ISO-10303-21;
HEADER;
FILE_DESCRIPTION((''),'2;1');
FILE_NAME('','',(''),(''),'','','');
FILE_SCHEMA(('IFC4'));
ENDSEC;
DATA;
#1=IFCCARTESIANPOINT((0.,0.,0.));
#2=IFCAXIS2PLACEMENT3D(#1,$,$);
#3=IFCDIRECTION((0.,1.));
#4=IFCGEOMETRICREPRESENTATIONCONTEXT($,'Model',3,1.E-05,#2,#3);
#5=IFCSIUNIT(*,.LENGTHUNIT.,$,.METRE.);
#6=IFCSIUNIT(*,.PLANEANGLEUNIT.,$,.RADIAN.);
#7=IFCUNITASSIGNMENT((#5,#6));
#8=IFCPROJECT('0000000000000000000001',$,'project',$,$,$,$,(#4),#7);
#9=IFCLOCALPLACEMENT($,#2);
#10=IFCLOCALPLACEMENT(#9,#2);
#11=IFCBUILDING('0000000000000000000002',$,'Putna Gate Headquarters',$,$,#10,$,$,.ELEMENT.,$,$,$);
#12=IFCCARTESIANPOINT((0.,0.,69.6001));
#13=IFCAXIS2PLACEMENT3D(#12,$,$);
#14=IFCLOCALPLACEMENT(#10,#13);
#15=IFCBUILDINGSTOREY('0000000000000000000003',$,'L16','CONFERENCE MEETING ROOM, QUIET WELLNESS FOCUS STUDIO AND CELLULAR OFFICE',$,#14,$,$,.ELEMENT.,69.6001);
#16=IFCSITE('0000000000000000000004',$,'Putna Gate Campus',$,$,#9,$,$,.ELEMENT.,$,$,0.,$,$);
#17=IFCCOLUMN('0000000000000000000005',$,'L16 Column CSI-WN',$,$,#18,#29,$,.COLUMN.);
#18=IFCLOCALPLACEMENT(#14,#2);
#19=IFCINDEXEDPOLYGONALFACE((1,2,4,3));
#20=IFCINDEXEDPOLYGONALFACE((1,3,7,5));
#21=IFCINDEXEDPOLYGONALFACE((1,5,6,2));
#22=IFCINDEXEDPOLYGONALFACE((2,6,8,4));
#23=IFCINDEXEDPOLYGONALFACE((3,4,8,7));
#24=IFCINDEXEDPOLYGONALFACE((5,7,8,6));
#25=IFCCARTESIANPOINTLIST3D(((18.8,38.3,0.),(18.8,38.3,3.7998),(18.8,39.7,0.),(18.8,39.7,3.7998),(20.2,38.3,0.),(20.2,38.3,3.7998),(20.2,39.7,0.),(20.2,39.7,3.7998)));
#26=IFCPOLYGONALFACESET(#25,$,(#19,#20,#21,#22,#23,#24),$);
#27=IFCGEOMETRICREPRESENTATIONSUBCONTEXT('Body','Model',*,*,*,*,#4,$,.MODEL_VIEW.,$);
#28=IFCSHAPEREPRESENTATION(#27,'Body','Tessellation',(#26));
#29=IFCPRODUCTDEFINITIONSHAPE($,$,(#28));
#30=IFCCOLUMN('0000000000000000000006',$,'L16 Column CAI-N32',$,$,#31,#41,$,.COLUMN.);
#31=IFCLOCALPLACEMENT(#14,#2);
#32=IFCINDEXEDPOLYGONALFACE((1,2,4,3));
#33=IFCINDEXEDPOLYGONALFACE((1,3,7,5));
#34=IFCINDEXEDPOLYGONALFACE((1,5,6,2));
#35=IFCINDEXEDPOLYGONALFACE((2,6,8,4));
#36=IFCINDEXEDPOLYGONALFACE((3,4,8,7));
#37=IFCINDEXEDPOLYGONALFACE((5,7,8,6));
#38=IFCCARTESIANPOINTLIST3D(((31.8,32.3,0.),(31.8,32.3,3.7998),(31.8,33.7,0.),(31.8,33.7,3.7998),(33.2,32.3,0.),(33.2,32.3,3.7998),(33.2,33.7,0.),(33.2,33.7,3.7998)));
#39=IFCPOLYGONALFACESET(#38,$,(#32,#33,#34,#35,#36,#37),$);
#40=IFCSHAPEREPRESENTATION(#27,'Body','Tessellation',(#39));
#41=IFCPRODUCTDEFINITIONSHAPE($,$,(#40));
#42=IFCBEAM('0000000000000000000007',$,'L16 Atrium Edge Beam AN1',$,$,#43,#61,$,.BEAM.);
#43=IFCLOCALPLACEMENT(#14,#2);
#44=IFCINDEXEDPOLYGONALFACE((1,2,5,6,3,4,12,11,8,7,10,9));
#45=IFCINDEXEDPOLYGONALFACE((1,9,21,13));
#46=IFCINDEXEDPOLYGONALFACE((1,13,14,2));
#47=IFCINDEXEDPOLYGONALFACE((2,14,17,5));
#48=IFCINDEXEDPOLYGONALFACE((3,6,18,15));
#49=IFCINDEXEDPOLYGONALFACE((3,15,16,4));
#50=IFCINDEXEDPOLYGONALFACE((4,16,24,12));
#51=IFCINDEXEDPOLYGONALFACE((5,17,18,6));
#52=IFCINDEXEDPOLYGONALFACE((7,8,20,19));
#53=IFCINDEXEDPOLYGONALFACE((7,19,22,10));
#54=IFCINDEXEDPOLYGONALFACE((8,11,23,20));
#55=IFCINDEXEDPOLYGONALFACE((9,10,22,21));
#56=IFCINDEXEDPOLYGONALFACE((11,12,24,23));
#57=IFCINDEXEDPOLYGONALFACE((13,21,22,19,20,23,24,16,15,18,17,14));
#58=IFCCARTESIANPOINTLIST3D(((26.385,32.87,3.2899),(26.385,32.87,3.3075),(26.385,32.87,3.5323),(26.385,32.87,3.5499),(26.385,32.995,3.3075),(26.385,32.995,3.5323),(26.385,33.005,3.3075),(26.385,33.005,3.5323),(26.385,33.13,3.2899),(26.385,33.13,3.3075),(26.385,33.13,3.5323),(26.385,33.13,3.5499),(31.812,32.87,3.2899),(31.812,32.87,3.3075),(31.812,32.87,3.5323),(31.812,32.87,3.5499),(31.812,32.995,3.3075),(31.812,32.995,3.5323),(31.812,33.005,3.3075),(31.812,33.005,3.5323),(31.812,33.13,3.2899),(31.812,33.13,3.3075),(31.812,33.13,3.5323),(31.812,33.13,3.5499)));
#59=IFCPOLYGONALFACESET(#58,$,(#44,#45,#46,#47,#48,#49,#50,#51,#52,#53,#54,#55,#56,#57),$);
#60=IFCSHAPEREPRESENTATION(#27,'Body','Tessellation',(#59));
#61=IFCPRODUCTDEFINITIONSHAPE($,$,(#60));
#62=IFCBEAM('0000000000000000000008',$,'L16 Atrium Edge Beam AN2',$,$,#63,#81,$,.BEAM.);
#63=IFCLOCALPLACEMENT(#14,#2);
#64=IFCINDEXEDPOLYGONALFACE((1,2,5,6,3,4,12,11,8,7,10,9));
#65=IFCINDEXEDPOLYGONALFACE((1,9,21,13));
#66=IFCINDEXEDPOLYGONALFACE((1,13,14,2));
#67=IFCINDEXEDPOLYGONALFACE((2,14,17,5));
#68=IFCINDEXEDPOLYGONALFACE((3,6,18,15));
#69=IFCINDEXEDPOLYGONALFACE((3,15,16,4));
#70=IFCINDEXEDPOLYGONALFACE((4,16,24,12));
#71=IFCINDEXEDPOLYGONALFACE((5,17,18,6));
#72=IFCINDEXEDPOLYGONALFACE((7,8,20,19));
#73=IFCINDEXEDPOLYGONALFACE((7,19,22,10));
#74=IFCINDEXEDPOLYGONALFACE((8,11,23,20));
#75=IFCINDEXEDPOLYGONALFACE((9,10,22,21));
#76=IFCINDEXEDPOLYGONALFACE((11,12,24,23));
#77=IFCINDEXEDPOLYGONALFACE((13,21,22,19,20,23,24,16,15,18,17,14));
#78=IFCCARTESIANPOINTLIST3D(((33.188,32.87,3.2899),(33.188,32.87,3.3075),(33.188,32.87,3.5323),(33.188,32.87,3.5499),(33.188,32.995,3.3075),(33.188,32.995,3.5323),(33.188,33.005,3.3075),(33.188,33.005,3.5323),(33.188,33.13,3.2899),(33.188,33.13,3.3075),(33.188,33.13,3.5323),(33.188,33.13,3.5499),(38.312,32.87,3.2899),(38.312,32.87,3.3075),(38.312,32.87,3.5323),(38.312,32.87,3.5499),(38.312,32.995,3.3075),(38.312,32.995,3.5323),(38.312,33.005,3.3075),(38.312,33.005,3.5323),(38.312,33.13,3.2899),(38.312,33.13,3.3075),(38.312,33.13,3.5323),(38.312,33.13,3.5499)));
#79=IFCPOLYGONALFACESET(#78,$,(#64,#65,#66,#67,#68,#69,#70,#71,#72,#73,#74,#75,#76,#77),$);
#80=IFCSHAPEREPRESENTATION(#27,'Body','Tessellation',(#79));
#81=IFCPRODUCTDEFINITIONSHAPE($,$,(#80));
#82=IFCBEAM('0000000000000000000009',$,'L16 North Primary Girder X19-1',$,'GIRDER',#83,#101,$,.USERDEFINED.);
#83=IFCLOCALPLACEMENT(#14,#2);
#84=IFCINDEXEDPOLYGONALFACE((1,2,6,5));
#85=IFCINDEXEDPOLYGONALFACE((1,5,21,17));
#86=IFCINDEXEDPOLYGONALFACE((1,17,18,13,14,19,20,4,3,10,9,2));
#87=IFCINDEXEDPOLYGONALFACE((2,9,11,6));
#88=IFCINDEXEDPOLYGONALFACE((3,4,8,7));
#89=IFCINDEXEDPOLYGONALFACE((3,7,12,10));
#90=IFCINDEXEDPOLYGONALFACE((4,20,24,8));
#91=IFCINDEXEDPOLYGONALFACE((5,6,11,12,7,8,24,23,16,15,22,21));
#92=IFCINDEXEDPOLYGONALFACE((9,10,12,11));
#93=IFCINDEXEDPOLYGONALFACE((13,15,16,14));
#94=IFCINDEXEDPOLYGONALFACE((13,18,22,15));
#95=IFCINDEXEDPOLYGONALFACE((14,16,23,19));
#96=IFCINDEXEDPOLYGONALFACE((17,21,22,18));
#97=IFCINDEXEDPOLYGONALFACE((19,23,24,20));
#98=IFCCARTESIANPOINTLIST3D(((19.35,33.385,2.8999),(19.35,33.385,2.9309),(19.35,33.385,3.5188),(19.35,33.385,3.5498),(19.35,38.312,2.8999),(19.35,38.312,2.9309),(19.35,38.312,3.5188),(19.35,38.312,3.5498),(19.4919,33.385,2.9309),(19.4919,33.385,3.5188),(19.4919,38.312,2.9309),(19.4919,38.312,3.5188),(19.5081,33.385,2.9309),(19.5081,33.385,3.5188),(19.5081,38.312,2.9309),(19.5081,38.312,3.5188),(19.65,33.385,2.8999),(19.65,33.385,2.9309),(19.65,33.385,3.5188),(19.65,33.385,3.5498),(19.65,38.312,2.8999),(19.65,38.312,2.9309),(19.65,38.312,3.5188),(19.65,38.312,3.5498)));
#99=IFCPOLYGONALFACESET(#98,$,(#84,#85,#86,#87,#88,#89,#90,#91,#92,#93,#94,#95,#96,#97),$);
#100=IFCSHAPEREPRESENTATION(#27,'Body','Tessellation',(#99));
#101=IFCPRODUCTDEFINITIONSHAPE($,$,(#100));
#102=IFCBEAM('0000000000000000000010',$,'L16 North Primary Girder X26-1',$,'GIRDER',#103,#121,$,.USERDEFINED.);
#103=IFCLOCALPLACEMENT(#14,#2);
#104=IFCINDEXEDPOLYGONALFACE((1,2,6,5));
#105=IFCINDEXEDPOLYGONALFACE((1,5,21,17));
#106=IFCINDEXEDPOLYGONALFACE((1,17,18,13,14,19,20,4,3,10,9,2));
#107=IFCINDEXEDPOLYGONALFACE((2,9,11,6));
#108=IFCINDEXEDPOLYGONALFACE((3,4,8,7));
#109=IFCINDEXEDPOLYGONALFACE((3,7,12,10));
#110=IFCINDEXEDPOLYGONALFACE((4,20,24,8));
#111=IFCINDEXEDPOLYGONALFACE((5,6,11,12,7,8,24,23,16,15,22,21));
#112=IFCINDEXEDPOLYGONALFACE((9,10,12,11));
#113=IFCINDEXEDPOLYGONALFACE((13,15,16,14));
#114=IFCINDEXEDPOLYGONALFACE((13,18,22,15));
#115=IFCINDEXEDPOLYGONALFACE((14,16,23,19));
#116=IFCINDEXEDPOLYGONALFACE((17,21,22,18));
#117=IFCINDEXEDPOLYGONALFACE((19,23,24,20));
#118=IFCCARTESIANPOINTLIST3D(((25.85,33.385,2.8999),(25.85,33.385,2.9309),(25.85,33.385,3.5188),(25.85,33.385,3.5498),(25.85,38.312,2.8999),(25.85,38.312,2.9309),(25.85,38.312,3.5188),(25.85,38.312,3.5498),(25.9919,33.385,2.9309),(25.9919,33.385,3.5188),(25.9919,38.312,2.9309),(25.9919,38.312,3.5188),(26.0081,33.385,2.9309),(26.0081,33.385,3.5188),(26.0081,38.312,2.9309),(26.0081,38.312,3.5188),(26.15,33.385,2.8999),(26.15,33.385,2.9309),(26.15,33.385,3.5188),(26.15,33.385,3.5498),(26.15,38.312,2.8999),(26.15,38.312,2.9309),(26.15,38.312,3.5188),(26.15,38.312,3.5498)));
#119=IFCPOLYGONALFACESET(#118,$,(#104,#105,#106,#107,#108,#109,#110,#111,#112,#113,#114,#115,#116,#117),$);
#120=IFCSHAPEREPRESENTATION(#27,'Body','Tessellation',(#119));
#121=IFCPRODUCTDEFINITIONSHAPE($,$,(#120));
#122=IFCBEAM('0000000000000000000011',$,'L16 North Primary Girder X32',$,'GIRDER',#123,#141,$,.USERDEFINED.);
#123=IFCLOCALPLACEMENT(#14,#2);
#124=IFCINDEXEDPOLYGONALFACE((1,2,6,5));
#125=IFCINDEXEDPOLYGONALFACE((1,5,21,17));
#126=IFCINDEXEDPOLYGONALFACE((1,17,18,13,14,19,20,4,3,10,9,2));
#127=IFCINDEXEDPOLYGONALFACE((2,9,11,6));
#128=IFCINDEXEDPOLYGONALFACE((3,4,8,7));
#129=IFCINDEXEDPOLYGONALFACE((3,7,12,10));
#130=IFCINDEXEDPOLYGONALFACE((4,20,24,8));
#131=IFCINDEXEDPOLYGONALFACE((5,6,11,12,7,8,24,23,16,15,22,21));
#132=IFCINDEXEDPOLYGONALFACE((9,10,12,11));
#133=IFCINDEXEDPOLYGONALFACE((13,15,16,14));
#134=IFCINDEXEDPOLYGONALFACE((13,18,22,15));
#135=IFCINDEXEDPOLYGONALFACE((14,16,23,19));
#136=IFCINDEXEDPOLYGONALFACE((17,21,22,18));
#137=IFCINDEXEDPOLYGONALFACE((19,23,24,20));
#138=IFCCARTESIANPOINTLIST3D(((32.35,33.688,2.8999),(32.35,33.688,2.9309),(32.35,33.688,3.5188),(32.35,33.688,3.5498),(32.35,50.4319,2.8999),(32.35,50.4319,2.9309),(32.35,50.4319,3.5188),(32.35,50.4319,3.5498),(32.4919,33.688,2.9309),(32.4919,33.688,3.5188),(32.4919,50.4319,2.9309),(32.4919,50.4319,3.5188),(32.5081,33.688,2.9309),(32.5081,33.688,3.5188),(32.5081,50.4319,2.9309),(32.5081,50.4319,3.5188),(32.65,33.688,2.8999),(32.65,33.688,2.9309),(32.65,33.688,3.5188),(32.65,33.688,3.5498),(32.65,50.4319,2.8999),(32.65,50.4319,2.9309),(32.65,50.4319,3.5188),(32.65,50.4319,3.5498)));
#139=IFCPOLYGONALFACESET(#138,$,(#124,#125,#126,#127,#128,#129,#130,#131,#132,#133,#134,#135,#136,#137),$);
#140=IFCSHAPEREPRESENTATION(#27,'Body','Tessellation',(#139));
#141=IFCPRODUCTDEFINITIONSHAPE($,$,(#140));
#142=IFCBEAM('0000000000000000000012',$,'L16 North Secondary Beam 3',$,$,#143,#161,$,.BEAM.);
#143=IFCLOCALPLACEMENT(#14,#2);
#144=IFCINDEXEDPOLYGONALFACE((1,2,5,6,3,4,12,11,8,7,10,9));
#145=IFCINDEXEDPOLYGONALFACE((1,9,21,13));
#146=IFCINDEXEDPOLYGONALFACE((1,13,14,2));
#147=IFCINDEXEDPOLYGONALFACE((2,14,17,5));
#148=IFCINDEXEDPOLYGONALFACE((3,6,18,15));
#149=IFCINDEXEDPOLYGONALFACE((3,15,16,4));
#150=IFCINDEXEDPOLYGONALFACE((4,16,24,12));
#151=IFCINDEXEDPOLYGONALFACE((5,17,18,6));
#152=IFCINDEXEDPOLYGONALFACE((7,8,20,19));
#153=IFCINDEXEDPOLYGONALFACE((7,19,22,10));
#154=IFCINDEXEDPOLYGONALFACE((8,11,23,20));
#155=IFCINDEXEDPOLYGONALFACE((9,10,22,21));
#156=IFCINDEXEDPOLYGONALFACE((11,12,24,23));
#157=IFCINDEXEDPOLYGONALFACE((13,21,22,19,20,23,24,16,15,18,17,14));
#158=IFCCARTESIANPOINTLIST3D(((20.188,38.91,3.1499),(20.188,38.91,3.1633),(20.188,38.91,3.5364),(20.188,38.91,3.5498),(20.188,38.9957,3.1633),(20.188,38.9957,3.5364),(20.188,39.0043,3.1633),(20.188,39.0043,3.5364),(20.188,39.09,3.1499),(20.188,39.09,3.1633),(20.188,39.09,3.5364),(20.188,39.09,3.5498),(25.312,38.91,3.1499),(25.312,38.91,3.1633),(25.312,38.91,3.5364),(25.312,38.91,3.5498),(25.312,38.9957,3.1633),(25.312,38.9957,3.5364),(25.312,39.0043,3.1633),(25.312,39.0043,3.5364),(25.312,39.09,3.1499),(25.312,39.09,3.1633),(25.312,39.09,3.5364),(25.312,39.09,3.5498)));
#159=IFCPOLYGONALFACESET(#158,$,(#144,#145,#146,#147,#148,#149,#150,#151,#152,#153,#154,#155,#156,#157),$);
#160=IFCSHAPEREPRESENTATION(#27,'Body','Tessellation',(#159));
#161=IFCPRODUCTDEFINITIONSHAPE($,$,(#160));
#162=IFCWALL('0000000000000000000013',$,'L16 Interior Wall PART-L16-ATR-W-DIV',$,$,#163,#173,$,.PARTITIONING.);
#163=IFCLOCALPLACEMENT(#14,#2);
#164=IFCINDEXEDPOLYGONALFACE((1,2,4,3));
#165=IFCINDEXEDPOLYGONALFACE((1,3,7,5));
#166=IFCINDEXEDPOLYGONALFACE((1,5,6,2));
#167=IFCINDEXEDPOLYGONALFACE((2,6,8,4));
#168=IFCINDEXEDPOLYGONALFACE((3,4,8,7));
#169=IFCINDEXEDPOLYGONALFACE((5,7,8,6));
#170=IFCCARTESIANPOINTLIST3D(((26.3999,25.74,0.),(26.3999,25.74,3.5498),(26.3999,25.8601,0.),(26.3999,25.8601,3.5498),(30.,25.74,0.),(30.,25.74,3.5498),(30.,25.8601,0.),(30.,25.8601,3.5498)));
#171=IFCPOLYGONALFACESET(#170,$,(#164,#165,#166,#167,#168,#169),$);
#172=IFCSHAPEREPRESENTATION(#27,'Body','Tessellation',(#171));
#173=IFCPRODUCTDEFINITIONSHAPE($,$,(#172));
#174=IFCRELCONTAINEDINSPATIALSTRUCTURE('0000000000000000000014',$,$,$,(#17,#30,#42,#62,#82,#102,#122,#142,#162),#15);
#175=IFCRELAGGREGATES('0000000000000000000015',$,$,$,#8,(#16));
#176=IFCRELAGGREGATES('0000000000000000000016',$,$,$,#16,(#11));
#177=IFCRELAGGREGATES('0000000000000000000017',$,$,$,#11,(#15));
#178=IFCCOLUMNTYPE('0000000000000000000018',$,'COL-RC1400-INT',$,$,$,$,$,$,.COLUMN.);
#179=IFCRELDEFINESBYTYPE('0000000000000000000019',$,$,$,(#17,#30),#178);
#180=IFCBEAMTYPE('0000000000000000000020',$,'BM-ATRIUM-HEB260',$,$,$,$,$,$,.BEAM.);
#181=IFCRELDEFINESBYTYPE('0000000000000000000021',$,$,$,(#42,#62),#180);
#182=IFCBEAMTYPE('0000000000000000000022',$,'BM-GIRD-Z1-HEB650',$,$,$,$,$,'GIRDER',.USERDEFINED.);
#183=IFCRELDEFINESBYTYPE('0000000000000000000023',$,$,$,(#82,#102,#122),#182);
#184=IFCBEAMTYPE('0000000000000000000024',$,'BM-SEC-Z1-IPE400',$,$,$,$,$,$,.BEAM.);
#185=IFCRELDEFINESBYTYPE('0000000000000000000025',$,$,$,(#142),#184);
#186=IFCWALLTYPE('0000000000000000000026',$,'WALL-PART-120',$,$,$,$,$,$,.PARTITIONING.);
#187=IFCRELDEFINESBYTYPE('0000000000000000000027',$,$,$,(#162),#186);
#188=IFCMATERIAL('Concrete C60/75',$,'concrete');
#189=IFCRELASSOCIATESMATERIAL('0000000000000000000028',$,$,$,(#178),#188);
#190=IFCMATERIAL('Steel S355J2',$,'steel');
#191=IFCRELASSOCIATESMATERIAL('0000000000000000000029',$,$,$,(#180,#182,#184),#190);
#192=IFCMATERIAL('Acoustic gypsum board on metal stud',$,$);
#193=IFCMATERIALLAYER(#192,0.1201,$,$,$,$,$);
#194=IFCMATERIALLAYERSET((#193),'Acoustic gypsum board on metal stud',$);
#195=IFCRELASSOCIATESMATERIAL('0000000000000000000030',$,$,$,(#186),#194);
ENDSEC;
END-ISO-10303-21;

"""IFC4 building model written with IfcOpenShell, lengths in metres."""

from ifc_helpers import new_model, si_unit, direction, frame, frame_2d, origin, origin_2d, place, context, subcontext, project, spatial, rectangle, i_section, extrude, material, layer, layer_set, material_profile, profile_set, type_object, element, save


model = new_model("IFC4")

# Units and contexts
model_context = context("Model", 3, precision=1e-05, world=origin(), true_north=direction((0.0, 1.0)))
body_context = subcontext(model_context, "Body", "Model", "MODEL_VIEW")
ifc_project = project(units=[si_unit("LENGTHUNIT", "METRE"), si_unit("PLANEANGLEUNIT", "RADIAN")], contexts=[model_context])

# Site, building, storey
site_placement = place(None, origin())
site = spatial("IfcSite", under=ifc_project, at=site_placement, Name="Putna Gate Campus", CompositionType="ELEMENT", RefElevation=0.0)
building_placement = place(site_placement, origin())
building = spatial("IfcBuilding", under=site, at=building_placement, Name="Putna Gate Headquarters", CompositionType="ELEMENT")
storey_placement = place(building_placement, frame((0.0, 0.0, 69.6001)))
storey = spatial("IfcBuildingStorey", under=building, at=storey_placement, Name="L16", Description="CONFERENCE MEETING ROOM, QUIET WELLNESS FOCUS STUDIO AND CELLULAR OFFICE", CompositionType="ELEMENT", Elevation=69.6001)

# Columns
ifc_material_1 = material(Name="Concrete C60/75", Category="concrete")
ifc_material_profile_1 = material_profile(ifc_material_1, rectangle(XDim=1.3999, YDim=1.3999, at=origin_2d()), Name="Concrete C60/75")
ifc_profile_set_1 = profile_set([ifc_material_profile_1], Name="Concrete C60/75")
column_type = type_object("IfcColumnType", Name="COL-RC1400-INT", PredefinedType="COLUMN", material=ifc_profile_set_1)
for number, where, z_axis, x_axis, name in (
    (1, (19.5, 39.0, 0.0), (0.0, 0.0, 1.0), (1.0, 0.0, 0.0), "L16 Column CSI-WN"),
    (2, (32.5, 33.0, 0.0), (0.0, 0.0, 1.0), (1.0, 0.0, 0.0), "L16 Column CAI-N32"),
):
    element("IfcColumn", number, at=place(storey_placement, frame(where, z_axis=z_axis, x_axis=x_axis)), inside=storey, type_object=column_type, Name=name, PredefinedType="COLUMN", context=body_context, shape_type="SweptSolid", body=[
        extrude(rectangle(XDim=1.3999, YDim=1.3999, at=origin_2d()), origin(), (0.0, 0.0, 1.0), 3.7998),
    ])

# Beams
ifc_material_2 = material(Name="Steel S355J2", Category="steel")
ifc_material_profile_2 = material_profile(ifc_material_2, i_section(OverallWidth=0.26, OverallDepth=0.26, WebThickness=0.01, FlangeThickness=0.0176, at=origin_2d()), Name="Steel S355J2")
ifc_profile_set_2 = profile_set([ifc_material_profile_2], Name="Steel S355J2")
beam_type_1 = type_object("IfcBeamType", Name="BM-ATRIUM-HEB260", PredefinedType="BEAM", material=ifc_profile_set_2)
beam_1_placement = place(storey_placement, frame((26.385, 33.0, 3.4199), z_axis=(1.0, 0.0, 0.0), x_axis=(0.0, 1.0, 0.0)))
element("IfcBeam", 3, at=beam_1_placement, inside=storey, type_object=beam_type_1, Name="L16 Atrium Edge Beam AN1", PredefinedType="BEAM", context=body_context, shape_type="SweptSolid", body=[
    extrude(i_section(OverallWidth=0.26, OverallDepth=0.26, WebThickness=0.01, FlangeThickness=0.0176, at=origin_2d()), origin(), (0.0, 0.0, 1.0), 5.427),
])
beam_2_placement = place(storey_placement, frame((33.188, 33.0, 3.4199), z_axis=(1.0, 0.0, 0.0), x_axis=(0.0, 1.0, 0.0)))
element("IfcBeam", 4, at=beam_2_placement, inside=storey, type_object=beam_type_1, Name="L16 Atrium Edge Beam AN2", PredefinedType="BEAM", context=body_context, shape_type="SweptSolid", body=[
    extrude(i_section(OverallWidth=0.26, OverallDepth=0.26, WebThickness=0.01, FlangeThickness=0.0176, at=origin_2d()), origin(), (0.0, 0.0, 1.0), 5.124),
])
ifc_material_profile_3 = material_profile(ifc_material_2, i_section(OverallWidth=0.3, OverallDepth=0.6499, WebThickness=0.0161, FlangeThickness=0.031, at=origin_2d()), Name="Steel S355J2")
ifc_profile_set_3 = profile_set([ifc_material_profile_3], Name="Steel S355J2")
beam_type_2 = type_object("IfcBeamType", Name="BM-GIRD-Z1-HEB650", ElementType="GIRDER", PredefinedType="USERDEFINED", material=ifc_profile_set_3)
for number, where, z_axis, x_axis, name in (
    (5, (19.5, 33.385, 3.2249), (0.0, 1.0, 0.0), (-1.0, 0.0, 0.0), "L16 North Primary Girder X19-1"),
    (6, (26.0, 33.385, 3.2249), (0.0, 1.0, 0.0), (-1.0, 0.0, 0.0), "L16 North Primary Girder X26-1"),
):
    element("IfcBeam", number, at=place(storey_placement, frame(where, z_axis=z_axis, x_axis=x_axis)), inside=storey, type_object=beam_type_2, Name=name, ObjectType="GIRDER", PredefinedType="USERDEFINED", context=body_context, shape_type="SweptSolid", body=[
        extrude(i_section(OverallWidth=0.3, OverallDepth=0.6499, WebThickness=0.0161, FlangeThickness=0.031, at=origin_2d()), origin(), (0.0, 0.0, 1.0), 4.927),
    ])
beam_3_placement = place(storey_placement, frame((32.5, 33.688, 3.2249), z_axis=(0.0, 1.0, 0.0), x_axis=(-1.0, 0.0, 0.0)))
element("IfcBeam", 7, at=beam_3_placement, inside=storey, type_object=beam_type_2, Name="L16 North Primary Girder X32", ObjectType="GIRDER", PredefinedType="USERDEFINED", context=body_context, shape_type="SweptSolid", body=[
    extrude(i_section(OverallWidth=0.3, OverallDepth=0.6499, WebThickness=0.0161, FlangeThickness=0.031, at=origin_2d()), origin(), (0.0, 0.0, 1.0), 16.7439),
])
ifc_material_profile_4 = material_profile(ifc_material_2, i_section(OverallWidth=0.1799, OverallDepth=0.3999, WebThickness=0.0085, FlangeThickness=0.0134, at=origin_2d()), Name="Steel S355J2")
ifc_profile_set_4 = profile_set([ifc_material_profile_4], Name="Steel S355J2")
beam_type_3 = type_object("IfcBeamType", Name="BM-SEC-Z1-IPE400", PredefinedType="BEAM", material=ifc_profile_set_4)
beam_4_placement = place(storey_placement, frame((20.188, 39.0, 3.3499), z_axis=(1.0, 0.0, 0.0), x_axis=(0.0, 1.0, 0.0)))
element("IfcBeam", 8, at=beam_4_placement, inside=storey, type_object=beam_type_3, Name="L16 North Secondary Beam 3", PredefinedType="BEAM", context=body_context, shape_type="SweptSolid", body=[
    extrude(i_section(OverallWidth=0.1799, OverallDepth=0.3999, WebThickness=0.0085, FlangeThickness=0.0134, at=origin_2d()), origin(), (0.0, 0.0, 1.0), 5.124),
])

# Wall
ifc_material_3 = material(Name="Acoustic gypsum board on metal stud")
ifc_layer_1 = layer(ifc_material_3, 0.1201)
ifc_layer_set_1 = layer_set([ifc_layer_1], Name="Acoustic gypsum board on metal stud")
wall_type_1 = type_object("IfcWallType", Name="WALL-PART-120", PredefinedType="PARTITIONING", material=ifc_layer_set_1)
wall_1_placement = place(storey_placement, frame((26.3999, 25.8, 0.0), z_axis=(0.0, 0.0, 1.0), x_axis=(1.0, 0.0, 0.0)))
element("IfcWall", 9, at=wall_1_placement, inside=storey, type_object=wall_type_1, Name="L16 Interior Wall PART-L16-ATR-W-DIV", PredefinedType="PARTITIONING", context=body_context, shape_type="SweptSolid", body=[
    extrude(rectangle(XDim=3.6001, YDim=0.1201, at=frame_2d((1.8, 0.0))), origin(), (0.0, 0.0, 1.0), 3.5498),
])

save(model, "model.ifc")
